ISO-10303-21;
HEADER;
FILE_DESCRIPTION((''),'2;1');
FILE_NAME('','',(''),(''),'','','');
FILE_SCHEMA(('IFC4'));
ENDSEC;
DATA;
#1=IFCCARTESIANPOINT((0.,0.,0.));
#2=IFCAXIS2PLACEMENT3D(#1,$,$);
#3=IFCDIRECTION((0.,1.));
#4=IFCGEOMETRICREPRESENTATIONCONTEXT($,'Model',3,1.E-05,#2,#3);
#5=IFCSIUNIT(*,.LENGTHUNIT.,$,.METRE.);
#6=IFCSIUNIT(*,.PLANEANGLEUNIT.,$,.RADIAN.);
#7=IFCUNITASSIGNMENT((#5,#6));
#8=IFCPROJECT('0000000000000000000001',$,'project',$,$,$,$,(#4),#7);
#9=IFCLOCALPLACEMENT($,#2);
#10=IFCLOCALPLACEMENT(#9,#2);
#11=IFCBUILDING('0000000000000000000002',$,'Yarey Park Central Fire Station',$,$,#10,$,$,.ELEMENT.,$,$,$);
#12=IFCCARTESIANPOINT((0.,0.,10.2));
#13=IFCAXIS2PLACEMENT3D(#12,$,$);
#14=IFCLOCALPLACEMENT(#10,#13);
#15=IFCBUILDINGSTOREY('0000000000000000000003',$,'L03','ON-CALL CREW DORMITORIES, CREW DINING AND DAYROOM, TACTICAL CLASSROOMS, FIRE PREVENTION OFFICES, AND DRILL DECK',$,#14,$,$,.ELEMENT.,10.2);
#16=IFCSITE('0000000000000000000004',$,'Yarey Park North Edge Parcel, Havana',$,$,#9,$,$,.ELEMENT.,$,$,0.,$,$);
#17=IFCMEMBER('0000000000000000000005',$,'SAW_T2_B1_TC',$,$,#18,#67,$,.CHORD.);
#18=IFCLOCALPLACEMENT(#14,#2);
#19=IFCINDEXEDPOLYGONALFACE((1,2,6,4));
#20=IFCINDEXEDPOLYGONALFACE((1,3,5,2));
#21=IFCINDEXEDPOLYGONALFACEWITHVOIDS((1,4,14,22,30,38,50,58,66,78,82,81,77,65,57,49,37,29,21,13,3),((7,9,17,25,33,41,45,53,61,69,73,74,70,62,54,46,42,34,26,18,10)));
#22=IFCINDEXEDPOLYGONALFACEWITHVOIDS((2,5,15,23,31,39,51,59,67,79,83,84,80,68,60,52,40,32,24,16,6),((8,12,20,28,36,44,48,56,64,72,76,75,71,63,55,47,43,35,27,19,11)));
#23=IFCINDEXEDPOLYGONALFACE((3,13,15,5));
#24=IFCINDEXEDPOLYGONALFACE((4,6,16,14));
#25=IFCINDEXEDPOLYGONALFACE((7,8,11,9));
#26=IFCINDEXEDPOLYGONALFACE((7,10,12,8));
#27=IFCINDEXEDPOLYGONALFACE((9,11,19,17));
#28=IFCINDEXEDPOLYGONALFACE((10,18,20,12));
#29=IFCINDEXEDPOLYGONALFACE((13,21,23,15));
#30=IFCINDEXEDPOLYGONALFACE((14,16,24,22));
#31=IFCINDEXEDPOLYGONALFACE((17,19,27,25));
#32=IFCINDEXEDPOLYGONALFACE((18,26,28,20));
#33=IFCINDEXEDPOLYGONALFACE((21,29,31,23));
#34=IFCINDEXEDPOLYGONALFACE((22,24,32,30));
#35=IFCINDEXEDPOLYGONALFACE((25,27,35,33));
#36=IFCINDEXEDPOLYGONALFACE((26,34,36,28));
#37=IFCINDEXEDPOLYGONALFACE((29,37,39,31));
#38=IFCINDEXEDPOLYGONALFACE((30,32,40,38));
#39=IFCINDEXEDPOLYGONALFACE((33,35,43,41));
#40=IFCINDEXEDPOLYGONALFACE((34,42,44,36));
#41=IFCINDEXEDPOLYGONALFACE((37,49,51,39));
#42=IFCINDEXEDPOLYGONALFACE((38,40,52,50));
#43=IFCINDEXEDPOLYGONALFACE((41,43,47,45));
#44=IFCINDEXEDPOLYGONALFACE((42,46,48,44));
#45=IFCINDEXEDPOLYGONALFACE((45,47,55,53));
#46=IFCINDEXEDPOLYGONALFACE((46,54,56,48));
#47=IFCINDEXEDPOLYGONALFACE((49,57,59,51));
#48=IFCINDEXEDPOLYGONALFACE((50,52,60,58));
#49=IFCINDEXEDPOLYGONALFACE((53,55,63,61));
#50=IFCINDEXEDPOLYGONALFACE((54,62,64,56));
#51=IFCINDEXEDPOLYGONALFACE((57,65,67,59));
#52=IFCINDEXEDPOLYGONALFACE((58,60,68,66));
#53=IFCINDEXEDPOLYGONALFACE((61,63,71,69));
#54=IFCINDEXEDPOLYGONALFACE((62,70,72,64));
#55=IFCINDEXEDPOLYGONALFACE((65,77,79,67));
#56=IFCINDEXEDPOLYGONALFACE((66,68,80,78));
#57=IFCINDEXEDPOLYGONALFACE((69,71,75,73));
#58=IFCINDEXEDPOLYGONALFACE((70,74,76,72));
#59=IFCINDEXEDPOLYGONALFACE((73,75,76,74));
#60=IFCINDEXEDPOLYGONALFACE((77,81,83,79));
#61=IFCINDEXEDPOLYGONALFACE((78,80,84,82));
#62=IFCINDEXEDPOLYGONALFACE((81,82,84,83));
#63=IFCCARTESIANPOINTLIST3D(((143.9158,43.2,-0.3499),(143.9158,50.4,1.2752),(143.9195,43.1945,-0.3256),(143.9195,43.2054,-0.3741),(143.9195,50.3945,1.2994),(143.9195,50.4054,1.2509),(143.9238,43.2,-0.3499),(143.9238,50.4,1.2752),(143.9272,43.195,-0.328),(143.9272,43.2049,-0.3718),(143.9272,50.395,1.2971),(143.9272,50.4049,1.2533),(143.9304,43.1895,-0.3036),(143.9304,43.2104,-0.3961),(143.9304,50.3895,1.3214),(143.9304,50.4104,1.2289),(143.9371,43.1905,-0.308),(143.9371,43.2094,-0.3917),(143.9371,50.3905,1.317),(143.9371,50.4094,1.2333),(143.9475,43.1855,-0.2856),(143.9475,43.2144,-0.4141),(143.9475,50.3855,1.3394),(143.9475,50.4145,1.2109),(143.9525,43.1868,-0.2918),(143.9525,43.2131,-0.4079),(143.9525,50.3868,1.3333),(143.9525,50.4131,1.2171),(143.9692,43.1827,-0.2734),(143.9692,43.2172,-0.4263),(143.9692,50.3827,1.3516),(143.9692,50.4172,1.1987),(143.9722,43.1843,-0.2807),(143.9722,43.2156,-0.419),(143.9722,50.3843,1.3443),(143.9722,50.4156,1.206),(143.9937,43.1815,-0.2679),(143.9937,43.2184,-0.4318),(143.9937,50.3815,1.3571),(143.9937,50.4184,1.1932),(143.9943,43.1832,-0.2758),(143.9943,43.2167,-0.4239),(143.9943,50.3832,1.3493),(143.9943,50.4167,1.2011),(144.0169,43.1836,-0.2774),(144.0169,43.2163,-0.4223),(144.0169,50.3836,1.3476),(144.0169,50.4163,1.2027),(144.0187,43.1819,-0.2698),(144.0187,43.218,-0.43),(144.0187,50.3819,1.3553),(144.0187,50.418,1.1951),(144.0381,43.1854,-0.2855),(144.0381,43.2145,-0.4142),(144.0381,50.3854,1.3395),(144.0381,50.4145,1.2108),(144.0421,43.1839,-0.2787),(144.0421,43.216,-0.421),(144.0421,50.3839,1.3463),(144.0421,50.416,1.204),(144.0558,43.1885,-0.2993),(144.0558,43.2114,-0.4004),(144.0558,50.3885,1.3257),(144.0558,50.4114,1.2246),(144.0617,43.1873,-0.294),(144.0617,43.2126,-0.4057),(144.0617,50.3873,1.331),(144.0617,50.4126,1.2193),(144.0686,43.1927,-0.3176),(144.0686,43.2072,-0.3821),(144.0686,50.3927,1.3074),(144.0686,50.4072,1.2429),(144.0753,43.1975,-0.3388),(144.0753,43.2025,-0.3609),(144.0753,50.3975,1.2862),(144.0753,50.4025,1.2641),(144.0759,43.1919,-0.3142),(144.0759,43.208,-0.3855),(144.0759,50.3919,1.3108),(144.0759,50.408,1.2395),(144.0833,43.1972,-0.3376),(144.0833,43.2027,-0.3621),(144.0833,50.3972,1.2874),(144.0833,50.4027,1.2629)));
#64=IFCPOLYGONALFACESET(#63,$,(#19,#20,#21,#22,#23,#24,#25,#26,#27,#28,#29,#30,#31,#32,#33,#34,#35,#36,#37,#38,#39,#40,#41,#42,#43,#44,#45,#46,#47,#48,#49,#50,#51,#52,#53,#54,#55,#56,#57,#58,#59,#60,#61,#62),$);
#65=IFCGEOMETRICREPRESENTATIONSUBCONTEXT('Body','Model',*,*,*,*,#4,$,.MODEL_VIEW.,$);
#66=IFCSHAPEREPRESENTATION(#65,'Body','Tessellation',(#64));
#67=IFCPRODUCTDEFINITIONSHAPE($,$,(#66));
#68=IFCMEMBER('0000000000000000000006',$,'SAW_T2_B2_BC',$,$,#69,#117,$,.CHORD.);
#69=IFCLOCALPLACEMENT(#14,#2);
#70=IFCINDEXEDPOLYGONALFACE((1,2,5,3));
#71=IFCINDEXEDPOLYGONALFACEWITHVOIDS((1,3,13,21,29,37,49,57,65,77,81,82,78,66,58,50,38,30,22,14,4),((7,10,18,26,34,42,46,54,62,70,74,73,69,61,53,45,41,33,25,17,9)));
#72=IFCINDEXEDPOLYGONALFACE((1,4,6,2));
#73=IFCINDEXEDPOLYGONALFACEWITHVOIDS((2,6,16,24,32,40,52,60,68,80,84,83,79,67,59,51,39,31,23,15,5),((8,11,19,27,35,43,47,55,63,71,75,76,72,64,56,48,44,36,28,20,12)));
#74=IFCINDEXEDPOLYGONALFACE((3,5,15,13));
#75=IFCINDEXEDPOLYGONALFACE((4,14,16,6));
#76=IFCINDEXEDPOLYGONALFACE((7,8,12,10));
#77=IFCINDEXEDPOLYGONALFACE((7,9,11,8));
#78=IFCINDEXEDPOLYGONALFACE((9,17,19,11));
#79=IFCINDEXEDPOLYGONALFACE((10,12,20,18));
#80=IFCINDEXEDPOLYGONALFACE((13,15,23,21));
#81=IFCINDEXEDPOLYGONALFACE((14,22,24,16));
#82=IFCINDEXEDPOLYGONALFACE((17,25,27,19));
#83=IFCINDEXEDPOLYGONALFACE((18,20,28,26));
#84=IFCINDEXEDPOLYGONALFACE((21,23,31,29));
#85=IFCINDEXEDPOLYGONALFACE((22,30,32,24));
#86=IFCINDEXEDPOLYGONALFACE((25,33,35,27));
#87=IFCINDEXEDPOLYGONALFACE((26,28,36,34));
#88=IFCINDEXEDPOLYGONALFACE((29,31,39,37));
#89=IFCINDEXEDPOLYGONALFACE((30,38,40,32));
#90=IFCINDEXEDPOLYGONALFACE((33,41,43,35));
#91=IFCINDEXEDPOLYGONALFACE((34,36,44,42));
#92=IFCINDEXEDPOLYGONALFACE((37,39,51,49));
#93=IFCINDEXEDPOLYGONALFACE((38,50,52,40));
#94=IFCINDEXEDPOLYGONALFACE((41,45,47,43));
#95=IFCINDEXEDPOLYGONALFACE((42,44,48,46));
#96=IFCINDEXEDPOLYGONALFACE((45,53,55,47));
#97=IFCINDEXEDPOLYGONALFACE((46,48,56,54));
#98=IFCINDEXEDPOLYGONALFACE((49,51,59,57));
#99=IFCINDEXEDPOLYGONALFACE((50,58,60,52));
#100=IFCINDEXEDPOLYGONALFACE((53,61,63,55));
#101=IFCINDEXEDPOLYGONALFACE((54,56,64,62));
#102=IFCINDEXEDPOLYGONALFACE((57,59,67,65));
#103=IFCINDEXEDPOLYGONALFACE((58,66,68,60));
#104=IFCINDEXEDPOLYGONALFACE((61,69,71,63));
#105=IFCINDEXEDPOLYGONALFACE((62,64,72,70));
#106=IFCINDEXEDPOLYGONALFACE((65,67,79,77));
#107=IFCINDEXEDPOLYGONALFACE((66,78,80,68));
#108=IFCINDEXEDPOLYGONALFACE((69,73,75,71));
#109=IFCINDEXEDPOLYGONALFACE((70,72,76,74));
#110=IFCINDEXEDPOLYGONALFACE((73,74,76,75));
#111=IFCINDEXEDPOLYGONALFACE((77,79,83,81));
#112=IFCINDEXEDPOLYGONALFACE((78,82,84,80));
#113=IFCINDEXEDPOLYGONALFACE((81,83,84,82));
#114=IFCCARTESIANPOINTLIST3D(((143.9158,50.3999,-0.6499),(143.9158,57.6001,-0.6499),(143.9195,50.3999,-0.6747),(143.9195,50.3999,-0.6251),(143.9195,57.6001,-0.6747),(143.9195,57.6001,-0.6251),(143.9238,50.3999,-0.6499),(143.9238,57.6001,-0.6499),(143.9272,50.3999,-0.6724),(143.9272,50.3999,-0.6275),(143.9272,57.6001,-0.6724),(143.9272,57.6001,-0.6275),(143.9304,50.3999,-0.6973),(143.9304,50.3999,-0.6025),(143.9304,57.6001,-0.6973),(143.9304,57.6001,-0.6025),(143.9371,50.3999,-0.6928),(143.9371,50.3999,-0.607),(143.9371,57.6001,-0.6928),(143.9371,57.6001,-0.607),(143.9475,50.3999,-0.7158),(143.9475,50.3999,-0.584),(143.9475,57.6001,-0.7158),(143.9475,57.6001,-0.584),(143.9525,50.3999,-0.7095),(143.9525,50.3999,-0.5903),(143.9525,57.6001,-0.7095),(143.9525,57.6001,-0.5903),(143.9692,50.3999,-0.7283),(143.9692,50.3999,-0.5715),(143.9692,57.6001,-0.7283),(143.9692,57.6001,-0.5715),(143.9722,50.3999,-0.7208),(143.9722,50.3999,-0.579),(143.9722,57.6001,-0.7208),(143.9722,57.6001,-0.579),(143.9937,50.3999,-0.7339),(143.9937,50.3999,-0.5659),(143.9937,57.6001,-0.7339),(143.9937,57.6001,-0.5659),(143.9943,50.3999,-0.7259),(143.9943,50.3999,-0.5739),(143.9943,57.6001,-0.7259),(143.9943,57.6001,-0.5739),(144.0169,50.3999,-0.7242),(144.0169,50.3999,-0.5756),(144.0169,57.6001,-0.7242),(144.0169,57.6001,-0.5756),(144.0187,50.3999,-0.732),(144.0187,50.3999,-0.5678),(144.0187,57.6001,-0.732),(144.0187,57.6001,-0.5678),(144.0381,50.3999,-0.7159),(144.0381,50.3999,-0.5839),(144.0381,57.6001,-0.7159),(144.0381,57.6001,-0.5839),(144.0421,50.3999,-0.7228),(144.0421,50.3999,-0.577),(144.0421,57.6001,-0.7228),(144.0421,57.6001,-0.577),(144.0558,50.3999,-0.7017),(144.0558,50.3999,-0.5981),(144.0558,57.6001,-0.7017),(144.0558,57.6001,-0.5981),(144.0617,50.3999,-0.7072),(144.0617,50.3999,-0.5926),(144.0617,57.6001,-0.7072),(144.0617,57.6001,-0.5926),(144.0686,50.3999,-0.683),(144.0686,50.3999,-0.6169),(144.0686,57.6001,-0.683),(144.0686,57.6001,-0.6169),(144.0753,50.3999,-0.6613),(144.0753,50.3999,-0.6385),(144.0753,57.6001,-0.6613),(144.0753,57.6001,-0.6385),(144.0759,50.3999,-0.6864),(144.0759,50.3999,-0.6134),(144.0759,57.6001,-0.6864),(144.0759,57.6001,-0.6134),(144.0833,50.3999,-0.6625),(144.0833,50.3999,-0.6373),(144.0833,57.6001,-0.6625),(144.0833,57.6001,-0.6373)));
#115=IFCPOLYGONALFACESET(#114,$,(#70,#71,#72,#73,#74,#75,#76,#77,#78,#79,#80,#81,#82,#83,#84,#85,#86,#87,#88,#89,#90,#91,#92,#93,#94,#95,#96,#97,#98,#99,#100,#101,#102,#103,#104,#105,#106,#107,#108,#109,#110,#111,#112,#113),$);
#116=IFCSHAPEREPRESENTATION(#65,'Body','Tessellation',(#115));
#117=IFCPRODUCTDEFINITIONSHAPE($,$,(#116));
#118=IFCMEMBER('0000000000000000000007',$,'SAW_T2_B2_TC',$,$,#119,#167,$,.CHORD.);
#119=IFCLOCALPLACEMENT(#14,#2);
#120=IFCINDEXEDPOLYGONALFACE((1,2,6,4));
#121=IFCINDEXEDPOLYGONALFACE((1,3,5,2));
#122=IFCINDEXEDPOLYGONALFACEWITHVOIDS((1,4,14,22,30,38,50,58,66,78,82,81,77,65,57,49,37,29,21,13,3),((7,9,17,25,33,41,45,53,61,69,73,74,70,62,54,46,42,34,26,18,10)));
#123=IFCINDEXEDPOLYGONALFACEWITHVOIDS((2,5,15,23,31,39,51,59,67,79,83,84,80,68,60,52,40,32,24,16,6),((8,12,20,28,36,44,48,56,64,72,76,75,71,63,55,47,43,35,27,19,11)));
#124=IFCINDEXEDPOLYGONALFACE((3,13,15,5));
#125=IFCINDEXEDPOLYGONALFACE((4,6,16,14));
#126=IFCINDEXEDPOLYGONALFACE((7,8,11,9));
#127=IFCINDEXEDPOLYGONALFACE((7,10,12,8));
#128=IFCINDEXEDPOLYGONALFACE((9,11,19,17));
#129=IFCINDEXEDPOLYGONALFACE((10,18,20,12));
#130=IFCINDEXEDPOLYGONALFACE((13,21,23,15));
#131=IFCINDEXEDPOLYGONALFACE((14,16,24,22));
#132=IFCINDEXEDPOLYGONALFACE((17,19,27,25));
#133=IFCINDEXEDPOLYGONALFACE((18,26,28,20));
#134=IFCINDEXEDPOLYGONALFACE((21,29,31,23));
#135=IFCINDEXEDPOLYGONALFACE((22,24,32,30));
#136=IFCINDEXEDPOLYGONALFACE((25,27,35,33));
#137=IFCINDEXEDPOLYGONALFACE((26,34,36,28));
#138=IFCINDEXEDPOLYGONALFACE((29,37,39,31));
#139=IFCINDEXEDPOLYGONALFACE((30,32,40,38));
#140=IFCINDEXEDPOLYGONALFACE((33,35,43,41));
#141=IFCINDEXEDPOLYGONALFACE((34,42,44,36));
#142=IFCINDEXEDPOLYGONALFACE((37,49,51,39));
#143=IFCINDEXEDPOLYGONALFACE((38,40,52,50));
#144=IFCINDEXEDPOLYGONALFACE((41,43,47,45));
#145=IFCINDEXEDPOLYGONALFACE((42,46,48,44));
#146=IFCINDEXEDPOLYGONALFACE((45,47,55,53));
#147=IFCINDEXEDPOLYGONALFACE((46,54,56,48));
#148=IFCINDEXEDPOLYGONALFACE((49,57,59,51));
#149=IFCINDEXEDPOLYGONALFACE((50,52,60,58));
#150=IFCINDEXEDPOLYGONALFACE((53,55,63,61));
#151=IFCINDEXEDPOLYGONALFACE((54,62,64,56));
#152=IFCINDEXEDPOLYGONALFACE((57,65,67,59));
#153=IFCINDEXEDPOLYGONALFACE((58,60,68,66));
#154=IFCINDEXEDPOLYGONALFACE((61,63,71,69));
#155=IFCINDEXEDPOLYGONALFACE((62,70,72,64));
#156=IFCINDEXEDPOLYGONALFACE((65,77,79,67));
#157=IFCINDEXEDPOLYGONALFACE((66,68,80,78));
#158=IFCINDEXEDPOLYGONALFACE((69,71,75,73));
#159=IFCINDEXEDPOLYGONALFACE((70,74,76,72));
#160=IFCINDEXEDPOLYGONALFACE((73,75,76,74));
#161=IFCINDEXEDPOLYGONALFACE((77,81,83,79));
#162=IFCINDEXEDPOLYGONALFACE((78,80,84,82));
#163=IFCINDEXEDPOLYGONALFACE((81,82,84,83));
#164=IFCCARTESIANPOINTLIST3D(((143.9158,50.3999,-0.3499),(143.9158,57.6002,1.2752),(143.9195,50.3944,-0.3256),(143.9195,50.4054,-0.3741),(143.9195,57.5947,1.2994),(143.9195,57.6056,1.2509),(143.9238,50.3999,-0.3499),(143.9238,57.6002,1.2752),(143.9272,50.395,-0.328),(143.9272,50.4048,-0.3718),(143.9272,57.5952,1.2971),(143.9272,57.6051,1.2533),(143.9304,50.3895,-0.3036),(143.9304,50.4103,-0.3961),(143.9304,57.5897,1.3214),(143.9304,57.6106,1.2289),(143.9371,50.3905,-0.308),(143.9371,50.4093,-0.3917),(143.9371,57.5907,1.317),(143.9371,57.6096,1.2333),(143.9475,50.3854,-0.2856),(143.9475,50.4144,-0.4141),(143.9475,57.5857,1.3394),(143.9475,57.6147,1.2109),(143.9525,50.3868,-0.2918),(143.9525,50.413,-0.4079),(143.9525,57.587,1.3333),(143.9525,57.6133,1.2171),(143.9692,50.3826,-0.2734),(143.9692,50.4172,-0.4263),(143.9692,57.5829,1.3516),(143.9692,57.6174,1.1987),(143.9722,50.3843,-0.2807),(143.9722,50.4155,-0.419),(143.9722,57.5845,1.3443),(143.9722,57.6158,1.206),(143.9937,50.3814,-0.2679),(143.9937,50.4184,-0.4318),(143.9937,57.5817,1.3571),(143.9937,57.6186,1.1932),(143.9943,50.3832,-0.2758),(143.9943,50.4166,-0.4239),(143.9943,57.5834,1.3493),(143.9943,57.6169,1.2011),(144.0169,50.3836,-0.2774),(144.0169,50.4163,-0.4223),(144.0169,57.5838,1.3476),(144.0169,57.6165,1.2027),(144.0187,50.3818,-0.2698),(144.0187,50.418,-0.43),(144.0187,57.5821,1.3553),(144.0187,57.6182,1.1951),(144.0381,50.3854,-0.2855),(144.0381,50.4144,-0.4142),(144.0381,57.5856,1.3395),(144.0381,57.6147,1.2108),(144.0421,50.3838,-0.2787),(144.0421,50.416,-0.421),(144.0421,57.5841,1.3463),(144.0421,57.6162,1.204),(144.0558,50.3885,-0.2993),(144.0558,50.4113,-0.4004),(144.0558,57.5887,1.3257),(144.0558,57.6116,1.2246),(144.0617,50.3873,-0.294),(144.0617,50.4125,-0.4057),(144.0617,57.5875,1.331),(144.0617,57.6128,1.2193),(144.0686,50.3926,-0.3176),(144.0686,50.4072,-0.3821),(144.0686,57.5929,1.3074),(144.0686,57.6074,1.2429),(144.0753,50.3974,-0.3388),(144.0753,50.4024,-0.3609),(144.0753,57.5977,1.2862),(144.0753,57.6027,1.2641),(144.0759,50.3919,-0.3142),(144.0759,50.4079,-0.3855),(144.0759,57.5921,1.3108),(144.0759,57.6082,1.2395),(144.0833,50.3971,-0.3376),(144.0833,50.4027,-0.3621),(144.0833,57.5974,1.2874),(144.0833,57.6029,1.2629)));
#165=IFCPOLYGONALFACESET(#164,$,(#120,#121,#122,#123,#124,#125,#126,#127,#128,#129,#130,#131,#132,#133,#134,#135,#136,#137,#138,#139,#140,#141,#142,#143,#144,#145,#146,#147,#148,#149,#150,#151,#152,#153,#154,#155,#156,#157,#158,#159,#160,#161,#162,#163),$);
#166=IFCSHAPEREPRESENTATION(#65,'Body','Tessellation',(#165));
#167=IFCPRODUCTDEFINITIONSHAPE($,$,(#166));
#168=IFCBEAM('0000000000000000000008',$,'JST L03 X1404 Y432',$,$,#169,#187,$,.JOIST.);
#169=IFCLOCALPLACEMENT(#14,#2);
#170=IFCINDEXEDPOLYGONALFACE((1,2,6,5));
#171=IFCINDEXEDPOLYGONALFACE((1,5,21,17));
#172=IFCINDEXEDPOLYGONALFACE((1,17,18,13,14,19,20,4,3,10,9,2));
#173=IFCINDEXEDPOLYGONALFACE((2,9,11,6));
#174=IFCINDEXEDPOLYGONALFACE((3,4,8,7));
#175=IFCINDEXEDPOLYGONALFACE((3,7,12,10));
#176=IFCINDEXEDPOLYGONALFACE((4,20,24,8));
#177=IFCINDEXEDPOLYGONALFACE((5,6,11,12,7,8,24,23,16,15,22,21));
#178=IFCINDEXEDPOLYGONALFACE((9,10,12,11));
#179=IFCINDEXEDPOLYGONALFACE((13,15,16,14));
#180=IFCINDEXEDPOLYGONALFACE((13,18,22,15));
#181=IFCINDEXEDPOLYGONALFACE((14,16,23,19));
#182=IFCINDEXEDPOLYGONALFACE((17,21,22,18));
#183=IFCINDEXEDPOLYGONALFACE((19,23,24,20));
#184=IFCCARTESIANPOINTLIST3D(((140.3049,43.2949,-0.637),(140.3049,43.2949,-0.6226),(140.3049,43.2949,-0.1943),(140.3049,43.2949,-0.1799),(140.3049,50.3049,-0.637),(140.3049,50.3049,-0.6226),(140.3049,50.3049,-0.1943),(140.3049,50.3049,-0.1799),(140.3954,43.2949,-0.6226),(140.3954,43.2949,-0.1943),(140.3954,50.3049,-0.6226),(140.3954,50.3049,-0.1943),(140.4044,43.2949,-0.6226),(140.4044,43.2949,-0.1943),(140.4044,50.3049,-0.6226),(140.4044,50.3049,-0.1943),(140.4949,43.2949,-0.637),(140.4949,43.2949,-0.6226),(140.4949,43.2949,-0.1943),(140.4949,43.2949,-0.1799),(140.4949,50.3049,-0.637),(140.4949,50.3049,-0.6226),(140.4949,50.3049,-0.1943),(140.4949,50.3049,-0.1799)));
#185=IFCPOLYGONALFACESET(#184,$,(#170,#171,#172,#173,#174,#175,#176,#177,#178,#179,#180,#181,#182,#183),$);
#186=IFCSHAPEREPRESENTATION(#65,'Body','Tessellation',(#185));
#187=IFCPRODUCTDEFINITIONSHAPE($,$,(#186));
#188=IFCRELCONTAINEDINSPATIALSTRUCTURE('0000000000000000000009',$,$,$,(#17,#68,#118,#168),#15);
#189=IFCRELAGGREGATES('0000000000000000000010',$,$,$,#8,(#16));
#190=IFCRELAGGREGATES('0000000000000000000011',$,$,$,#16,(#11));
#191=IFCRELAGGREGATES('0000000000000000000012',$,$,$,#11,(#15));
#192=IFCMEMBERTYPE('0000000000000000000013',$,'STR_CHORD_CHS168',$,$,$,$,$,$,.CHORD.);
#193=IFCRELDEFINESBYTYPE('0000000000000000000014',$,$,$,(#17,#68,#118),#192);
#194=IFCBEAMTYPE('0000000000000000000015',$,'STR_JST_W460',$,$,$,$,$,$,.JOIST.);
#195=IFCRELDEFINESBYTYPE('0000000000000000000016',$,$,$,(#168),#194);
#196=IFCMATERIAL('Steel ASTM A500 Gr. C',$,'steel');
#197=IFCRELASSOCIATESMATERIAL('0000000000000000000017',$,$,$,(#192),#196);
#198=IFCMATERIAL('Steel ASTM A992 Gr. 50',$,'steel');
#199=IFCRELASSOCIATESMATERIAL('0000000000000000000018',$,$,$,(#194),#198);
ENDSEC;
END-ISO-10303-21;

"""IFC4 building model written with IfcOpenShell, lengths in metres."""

from ifc_helpers import new_model, si_unit, direction, frame, origin, origin_2d, place, context, subcontext, project, spatial, hollow_circle, i_section, extrude, material, material_profile, profile_set, type_object, element, save


model = new_model("IFC4")

# Units and contexts
model_context = context("Model", 3, precision=1e-05, world=origin(), true_north=direction((0.0, 1.0)))
body_context = subcontext(model_context, "Body", "Model", "MODEL_VIEW")
ifc_project = project(units=[si_unit("LENGTHUNIT", "METRE"), si_unit("PLANEANGLEUNIT", "RADIAN")], contexts=[model_context])

# Site, building, storey
site_placement = place(None, origin())
site = spatial("IfcSite", under=ifc_project, at=site_placement, Name="Yarey Park North Edge Parcel, Havana", CompositionType="ELEMENT", RefElevation=0.0)
building_placement = place(site_placement, origin())
building = spatial("IfcBuilding", under=site, at=building_placement, Name="Yarey Park Central Fire Station", CompositionType="ELEMENT")
storey_placement = place(building_placement, frame((0.0, 0.0, 10.2)))
storey = spatial("IfcBuildingStorey", under=building, at=storey_placement, Name="L03", Description="ON-CALL CREW DORMITORIES, CREW DINING AND DAYROOM, TACTICAL CLASSROOMS, FIRE PREVENTION OFFICES, AND DRILL DECK", CompositionType="ELEMENT", Elevation=10.2)

# Shared definitions
ifc_material_1 = material(Name="Steel ASTM A992 Gr. 50", Category="steel")

# Members
ifc_material_2 = material(Name="Steel ASTM A500 Gr. C", Category="steel")
ifc_material_profile_1 = material_profile(ifc_material_2, hollow_circle(Radius=0.0842, WallThickness=0.0081, at=origin_2d()), Name="CHS 168.3x8")
ifc_profile_set_1 = profile_set([ifc_material_profile_1], Name="Steel ASTM A500 Gr. C")
member_type_1 = type_object("IfcMemberType", Name="STR_CHORD_CHS168", PredefinedType="CHORD", material=ifc_profile_set_1)
member_1_placement = place(storey_placement, frame((144.0, 43.2, -0.3499), z_axis=(0.0, 0.975464, 0.220158), x_axis=(-1.0, 0.0, 0.0)))
element("IfcMember", 1, at=member_1_placement, inside=storey, type_object=member_type_1, Name="SAW_T2_B1_TC", PredefinedType="CHORD", context=body_context, shape_type="SweptSolid", body=[
    extrude(hollow_circle(Radius=0.0842, WallThickness=0.0081, at=origin_2d()), origin(), (0.0, 0.0, 1.0), 7.3811),
])
member_2_placement = place(storey_placement, frame((144.0, 50.3999, -0.6499), z_axis=(0.0, 1.0, 0.0), x_axis=(-1.0, 0.0, 0.0)))
element("IfcMember", 2, at=member_2_placement, inside=storey, type_object=member_type_1, Name="SAW_T2_B2_BC", PredefinedType="CHORD", context=body_context, shape_type="SweptSolid", body=[
    extrude(hollow_circle(Radius=0.0842, WallThickness=0.0081, at=origin_2d()), origin(), (0.0, 0.0, 1.0), 7.2002),
])
member_3_placement = place(storey_placement, frame((144.0, 50.3999, -0.3499), z_axis=(0.0, 0.975466, 0.220151), x_axis=(-1.0, 0.0, 0.0)))
element("IfcMember", 3, at=member_3_placement, inside=storey, type_object=member_type_1, Name="SAW_T2_B2_TC", PredefinedType="CHORD", context=body_context, shape_type="SweptSolid", body=[
    extrude(hollow_circle(Radius=0.0842, WallThickness=0.0081, at=origin_2d()), origin(), (0.0, 0.0, 1.0), 7.3813),
])

# Beam
ifc_material_profile_2 = material_profile(ifc_material_1, i_section(OverallWidth=0.1899, OverallDepth=0.457, WebThickness=0.009, FlangeThickness=0.0144, at=origin_2d()), Name="W460x74")
ifc_profile_set_2 = profile_set([ifc_material_profile_2], Name="Steel ASTM A992 Gr. 50")
beam_type_1 = type_object("IfcBeamType", Name="STR_JST_W460", PredefinedType="JOIST", material=ifc_profile_set_2)
beam_1_placement = place(storey_placement, frame((140.3999, 43.2949, -0.4084), z_axis=(0.0, 1.0, 0.0), x_axis=(-1.0, 0.0, 0.0)))
element("IfcBeam", 4, at=beam_1_placement, inside=storey, type_object=beam_type_1, Name="JST L03 X1404 Y432", PredefinedType="JOIST", context=body_context, shape_type="SweptSolid", body=[
    extrude(i_section(OverallWidth=0.1899, OverallDepth=0.457, WebThickness=0.009, FlangeThickness=0.0144, at=origin_2d()), origin(), (0.0, 0.0, 1.0), 7.01),
])

save(model, "model.ifc")
